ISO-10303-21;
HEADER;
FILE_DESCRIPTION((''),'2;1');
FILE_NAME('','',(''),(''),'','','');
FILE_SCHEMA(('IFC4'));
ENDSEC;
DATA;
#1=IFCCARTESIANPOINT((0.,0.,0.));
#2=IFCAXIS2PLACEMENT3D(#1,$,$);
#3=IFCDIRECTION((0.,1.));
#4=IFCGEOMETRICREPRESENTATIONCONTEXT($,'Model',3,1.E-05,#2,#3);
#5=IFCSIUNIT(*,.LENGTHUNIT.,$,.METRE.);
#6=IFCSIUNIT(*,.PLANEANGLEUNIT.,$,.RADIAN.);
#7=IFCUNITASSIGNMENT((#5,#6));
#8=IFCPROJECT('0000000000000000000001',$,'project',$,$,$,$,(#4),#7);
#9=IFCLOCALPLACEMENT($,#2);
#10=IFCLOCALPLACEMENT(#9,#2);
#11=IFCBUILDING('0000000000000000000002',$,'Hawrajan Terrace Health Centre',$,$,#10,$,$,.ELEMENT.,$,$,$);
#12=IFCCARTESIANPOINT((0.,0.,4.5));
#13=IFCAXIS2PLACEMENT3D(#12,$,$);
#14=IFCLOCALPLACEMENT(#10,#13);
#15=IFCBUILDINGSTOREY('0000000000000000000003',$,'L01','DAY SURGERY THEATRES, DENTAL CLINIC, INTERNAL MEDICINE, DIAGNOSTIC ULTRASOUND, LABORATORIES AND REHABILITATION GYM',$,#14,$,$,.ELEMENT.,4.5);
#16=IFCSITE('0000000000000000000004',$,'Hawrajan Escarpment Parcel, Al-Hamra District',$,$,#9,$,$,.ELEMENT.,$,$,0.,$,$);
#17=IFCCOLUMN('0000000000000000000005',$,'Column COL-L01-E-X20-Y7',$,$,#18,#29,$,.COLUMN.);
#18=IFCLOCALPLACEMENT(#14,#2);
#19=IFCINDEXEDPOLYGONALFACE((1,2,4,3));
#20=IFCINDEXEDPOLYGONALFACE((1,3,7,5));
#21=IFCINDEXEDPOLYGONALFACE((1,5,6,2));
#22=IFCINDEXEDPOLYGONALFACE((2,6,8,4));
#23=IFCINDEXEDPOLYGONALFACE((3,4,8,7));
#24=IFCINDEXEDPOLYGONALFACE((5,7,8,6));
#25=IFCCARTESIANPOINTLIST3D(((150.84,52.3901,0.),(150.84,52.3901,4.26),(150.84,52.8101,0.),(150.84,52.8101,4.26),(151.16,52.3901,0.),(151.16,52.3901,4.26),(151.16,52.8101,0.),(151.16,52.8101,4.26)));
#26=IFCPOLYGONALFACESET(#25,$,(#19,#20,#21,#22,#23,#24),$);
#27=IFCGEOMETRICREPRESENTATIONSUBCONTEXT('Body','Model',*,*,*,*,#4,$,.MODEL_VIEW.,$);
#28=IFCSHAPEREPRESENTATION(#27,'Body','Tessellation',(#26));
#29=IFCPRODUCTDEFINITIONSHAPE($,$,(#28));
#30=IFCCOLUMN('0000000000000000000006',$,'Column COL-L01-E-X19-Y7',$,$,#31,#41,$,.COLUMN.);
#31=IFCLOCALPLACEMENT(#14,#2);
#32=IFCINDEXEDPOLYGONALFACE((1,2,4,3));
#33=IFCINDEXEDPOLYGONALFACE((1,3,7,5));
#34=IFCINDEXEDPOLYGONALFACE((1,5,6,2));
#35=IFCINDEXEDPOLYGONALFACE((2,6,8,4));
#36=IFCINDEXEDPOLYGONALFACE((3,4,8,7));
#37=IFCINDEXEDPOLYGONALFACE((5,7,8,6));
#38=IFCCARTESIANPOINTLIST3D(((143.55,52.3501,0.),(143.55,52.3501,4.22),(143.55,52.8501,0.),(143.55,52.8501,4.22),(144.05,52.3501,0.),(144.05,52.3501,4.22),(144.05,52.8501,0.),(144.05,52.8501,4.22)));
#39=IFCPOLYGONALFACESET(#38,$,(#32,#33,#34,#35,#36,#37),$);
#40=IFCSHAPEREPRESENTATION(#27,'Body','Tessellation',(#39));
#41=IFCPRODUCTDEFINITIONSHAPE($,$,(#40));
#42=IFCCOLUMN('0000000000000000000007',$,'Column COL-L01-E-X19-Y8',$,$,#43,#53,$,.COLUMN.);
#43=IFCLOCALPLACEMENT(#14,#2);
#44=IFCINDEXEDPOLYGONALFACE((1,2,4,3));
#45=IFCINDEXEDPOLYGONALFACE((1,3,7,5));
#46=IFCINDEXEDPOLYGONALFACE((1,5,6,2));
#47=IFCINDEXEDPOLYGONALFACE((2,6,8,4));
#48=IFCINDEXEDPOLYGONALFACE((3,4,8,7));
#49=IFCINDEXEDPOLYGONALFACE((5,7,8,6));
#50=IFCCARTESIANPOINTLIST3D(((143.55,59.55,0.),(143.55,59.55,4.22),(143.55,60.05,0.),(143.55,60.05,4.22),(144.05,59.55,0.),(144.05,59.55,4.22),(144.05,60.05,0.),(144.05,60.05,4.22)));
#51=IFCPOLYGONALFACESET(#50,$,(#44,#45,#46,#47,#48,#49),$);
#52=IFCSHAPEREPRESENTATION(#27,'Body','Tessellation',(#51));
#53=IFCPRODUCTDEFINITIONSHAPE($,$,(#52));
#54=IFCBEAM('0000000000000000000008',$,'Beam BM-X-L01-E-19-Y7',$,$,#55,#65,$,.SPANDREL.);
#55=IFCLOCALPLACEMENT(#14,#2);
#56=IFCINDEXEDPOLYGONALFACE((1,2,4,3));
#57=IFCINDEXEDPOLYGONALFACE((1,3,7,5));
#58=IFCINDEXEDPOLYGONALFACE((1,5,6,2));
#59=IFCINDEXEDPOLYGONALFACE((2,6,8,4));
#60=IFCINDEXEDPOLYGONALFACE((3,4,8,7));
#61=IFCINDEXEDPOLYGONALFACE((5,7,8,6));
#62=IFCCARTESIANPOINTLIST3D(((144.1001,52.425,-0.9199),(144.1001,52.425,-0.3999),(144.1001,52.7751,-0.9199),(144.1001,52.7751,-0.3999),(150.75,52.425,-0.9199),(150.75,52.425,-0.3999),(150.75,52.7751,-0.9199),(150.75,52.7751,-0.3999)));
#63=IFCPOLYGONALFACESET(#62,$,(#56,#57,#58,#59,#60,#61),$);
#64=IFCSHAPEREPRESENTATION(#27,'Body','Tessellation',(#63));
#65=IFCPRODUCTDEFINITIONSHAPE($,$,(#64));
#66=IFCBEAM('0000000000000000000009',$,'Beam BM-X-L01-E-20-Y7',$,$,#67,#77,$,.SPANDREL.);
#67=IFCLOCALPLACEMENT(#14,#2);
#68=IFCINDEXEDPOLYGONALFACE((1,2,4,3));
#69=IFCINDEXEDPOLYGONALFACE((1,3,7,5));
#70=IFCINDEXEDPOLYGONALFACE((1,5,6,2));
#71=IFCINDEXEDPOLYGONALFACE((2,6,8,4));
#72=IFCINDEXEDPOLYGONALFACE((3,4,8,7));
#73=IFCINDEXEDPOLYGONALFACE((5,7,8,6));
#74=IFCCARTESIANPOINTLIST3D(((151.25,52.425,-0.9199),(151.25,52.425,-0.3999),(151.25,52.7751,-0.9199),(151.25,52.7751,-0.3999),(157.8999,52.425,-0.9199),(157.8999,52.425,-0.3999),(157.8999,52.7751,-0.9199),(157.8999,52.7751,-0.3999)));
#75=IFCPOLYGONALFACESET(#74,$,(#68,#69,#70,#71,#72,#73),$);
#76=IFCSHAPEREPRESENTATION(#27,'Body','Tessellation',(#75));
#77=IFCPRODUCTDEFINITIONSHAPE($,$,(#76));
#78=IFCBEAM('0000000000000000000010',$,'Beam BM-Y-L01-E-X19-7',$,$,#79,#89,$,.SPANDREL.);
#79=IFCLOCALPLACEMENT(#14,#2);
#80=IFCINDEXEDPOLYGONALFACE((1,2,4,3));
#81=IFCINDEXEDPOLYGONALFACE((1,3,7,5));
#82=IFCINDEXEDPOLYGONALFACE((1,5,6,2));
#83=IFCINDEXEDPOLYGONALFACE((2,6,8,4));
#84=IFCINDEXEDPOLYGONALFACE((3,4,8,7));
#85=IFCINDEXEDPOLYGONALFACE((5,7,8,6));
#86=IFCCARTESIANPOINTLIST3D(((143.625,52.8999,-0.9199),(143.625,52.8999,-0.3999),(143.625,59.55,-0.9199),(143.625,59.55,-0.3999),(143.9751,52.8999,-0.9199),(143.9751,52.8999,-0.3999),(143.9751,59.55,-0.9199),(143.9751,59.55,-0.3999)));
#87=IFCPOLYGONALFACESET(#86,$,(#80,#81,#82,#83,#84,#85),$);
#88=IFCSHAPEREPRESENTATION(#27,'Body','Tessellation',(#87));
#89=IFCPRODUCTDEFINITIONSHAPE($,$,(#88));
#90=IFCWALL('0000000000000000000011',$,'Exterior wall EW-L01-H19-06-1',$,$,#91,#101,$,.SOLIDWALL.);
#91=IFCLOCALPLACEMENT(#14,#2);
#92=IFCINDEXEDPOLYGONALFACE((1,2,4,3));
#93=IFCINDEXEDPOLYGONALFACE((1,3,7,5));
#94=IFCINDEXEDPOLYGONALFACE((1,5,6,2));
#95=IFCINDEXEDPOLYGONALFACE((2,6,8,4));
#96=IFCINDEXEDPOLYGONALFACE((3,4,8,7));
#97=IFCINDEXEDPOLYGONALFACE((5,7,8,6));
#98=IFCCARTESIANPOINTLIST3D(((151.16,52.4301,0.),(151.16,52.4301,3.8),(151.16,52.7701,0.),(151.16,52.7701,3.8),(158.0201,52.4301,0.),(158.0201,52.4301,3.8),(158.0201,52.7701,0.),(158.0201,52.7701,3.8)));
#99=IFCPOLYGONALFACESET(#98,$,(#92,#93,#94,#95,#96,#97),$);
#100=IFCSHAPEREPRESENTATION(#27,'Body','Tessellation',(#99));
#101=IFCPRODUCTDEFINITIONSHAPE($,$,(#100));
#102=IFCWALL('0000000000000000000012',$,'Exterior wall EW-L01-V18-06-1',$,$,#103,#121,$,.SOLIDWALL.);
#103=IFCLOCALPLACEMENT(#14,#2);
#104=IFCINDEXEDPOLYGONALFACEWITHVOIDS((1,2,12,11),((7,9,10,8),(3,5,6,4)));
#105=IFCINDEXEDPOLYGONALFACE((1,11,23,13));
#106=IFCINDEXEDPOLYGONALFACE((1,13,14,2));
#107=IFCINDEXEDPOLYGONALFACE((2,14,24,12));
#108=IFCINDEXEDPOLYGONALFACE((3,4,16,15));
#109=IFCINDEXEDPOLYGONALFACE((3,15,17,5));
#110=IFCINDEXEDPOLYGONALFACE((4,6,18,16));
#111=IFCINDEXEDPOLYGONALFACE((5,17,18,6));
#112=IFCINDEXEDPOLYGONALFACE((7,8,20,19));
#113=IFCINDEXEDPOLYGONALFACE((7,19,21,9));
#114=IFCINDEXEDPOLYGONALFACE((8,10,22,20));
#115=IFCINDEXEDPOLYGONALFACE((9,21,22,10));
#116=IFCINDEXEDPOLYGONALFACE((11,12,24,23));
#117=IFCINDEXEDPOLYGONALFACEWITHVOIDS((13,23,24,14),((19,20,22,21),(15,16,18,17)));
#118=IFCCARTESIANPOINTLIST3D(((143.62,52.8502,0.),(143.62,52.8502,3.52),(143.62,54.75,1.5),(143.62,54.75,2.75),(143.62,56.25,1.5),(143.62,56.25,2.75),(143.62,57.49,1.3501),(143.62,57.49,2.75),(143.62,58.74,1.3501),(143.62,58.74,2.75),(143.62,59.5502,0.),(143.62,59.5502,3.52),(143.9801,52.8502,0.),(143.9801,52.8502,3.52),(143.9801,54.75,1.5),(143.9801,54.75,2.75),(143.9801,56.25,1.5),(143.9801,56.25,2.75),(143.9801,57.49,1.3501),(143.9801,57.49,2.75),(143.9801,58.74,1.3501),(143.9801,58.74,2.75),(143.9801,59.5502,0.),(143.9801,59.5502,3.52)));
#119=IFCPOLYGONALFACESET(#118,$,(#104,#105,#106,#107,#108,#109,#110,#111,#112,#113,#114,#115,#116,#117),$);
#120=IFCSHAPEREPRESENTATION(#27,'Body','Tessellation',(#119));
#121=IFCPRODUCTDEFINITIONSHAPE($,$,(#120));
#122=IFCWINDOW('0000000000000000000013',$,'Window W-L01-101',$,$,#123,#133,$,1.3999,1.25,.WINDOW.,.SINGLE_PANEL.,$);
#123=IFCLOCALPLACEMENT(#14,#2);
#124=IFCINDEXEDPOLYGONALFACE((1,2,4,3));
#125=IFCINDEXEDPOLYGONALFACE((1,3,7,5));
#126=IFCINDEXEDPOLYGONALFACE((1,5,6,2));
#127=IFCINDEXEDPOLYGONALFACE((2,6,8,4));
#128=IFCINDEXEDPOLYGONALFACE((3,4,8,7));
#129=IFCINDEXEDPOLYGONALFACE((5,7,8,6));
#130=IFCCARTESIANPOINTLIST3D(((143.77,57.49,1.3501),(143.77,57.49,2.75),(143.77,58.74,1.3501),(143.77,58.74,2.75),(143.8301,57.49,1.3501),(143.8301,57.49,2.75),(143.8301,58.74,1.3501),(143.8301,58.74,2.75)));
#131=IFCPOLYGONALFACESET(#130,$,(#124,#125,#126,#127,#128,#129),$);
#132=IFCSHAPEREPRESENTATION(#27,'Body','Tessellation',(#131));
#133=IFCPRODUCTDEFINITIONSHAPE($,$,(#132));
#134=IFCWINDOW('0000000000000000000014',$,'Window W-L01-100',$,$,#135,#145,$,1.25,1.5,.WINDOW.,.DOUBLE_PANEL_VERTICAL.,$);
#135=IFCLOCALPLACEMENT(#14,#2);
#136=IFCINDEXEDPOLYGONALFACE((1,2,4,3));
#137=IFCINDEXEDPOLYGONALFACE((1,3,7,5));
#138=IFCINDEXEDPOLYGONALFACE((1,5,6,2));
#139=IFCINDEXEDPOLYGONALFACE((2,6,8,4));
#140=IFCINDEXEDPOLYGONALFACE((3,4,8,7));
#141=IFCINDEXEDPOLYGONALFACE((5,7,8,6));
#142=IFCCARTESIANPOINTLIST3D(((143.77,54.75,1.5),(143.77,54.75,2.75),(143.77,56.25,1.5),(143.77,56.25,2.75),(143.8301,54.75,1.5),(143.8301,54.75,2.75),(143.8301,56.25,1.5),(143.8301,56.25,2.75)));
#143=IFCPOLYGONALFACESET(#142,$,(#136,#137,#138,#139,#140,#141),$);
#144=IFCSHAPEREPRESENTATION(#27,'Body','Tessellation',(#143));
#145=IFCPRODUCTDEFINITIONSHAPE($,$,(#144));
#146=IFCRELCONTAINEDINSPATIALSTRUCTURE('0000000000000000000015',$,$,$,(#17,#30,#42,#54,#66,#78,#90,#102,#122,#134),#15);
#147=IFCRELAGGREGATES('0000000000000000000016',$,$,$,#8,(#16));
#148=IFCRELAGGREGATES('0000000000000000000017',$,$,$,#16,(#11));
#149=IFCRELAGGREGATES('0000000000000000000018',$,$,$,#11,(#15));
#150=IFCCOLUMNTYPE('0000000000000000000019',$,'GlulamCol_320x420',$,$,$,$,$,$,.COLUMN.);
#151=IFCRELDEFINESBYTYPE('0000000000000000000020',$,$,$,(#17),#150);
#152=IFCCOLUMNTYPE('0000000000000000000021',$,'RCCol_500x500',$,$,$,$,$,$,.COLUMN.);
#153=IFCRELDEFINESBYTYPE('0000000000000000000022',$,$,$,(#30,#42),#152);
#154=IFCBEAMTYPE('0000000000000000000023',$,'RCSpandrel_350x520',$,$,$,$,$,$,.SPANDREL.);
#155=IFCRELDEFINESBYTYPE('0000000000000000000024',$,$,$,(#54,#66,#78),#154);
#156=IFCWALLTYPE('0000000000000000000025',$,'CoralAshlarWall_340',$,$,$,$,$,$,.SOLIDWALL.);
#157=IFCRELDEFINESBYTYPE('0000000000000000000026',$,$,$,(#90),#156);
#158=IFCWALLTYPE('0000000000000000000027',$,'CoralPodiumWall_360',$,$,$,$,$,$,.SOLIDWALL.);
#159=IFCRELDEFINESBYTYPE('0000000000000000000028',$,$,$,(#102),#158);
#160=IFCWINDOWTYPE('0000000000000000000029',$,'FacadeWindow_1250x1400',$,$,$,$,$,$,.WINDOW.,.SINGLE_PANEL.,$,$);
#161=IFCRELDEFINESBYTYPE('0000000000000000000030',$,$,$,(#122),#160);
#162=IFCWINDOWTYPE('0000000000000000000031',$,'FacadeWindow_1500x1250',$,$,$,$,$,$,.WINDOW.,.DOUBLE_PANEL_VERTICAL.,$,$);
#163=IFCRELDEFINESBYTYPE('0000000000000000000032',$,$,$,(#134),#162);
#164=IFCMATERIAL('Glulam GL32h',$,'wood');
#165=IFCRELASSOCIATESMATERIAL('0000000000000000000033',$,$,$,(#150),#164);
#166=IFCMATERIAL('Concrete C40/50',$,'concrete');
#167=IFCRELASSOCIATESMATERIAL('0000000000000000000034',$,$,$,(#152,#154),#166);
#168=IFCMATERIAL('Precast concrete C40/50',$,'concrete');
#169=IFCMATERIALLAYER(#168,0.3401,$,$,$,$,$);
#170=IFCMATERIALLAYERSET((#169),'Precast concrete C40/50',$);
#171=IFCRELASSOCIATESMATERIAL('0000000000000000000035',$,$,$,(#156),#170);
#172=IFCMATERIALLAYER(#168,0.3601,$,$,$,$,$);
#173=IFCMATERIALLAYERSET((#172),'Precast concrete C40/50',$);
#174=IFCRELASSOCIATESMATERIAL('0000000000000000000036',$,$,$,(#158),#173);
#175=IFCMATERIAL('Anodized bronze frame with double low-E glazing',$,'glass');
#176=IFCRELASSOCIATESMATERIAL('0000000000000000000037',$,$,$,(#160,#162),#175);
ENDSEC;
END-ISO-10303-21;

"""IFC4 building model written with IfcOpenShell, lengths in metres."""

from ifc_helpers import new_model, si_unit, direction, frame, frame_2d, origin, origin_2d, place, context, subcontext, project, spatial, rectangle, extrude, material, layer, layer_set, material_profile, profile_set, type_object, element, fill, save


model = new_model("IFC4")

# Units and contexts
model_context = context("Model", 3, precision=1e-05, world=origin(), true_north=direction((0.0, 1.0)))
body_context = subcontext(model_context, "Body", "Model", "MODEL_VIEW")
ifc_project = project(units=[si_unit("LENGTHUNIT", "METRE"), si_unit("PLANEANGLEUNIT", "RADIAN")], contexts=[model_context])

# Site, building, storey
site_placement = place(None, origin())
site = spatial("IfcSite", under=ifc_project, at=site_placement, Name="Hawrajan Escarpment Parcel, Al-Hamra District", CompositionType="ELEMENT", RefElevation=0.0)
building_placement = place(site_placement, origin())
building = spatial("IfcBuilding", under=site, at=building_placement, Name="Hawrajan Terrace Health Centre", CompositionType="ELEMENT")
storey_placement = place(building_placement, frame((0.0, 0.0, 4.5)))
storey = spatial("IfcBuildingStorey", under=building, at=storey_placement, Name="L01", Description="DAY SURGERY THEATRES, DENTAL CLINIC, INTERNAL MEDICINE, DIAGNOSTIC ULTRASOUND, LABORATORIES AND REHABILITATION GYM", CompositionType="ELEMENT", Elevation=4.5)

# Columns
ifc_material_1 = material(Name="Glulam GL32h", Category="wood")
ifc_material_profile_1 = material_profile(ifc_material_1, rectangle(XDim=0.3201, YDim=0.4199, at=origin_2d()), Name="GL 320x420")
ifc_profile_set_1 = profile_set([ifc_material_profile_1], Name="Glulam GL32h")
column_type_1 = type_object("IfcColumnType", Name="GlulamCol_320x420", PredefinedType="COLUMN", material=ifc_profile_set_1)
column_placement = place(storey_placement, frame((151.0, 52.6001, 0.0), z_axis=(0.0, 0.0, 1.0), x_axis=(1.0, 0.0, 0.0)))
element("IfcColumn", 1, at=column_placement, inside=storey, type_object=column_type_1, Name="Column COL-L01-E-X20-Y7", PredefinedType="COLUMN", context=body_context, shape_type="SweptSolid", body=[
    extrude(rectangle(XDim=0.3201, YDim=0.4199, at=origin_2d()), origin(), (0.0, 0.0, 1.0), 4.26),
])
ifc_material_2 = material(Name="Concrete C40/50", Category="concrete")
ifc_material_profile_2 = material_profile(ifc_material_2, rectangle(XDim=0.5, YDim=0.5, at=origin_2d()), Name="RC 500x500")
ifc_profile_set_2 = profile_set([ifc_material_profile_2], Name="Concrete C40/50")
column_type_2 = type_object("IfcColumnType", Name="RCCol_500x500", PredefinedType="COLUMN", material=ifc_profile_set_2)
for number, where, z_axis, x_axis, name in (
    (2, (143.8, 52.6001, 0.0), (0.0, 0.0, 1.0), (1.0, 0.0, 0.0), "Column COL-L01-E-X19-Y7"),
    (3, (143.8, 59.8, 0.0), (0.0, 0.0, 1.0), (1.0, 0.0, 0.0), "Column COL-L01-E-X19-Y8"),
):
    element("IfcColumn", number, at=place(storey_placement, frame(where, z_axis=z_axis, x_axis=x_axis)), inside=storey, type_object=column_type_2, Name=name, PredefinedType="COLUMN", context=body_context, shape_type="SweptSolid", body=[
        extrude(rectangle(XDim=0.5, YDim=0.5, at=origin_2d()), origin(), (0.0, 0.0, 1.0), 4.22),
    ])

# Beams
ifc_material_profile_3 = material_profile(ifc_material_2, rectangle(XDim=0.3501, YDim=0.52, at=origin_2d()), Name="RC SP 350x520")
ifc_profile_set_3 = profile_set([ifc_material_profile_3], Name="Concrete C40/50")
beam_type = type_object("IfcBeamType", Name="RCSpandrel_350x520", PredefinedType="SPANDREL", material=ifc_profile_set_3)
for number, where, z_axis, x_axis, name in (
    (4, (144.1001, 52.6001, -0.6599), (1.0, 0.0, 0.0), (0.0, 1.0, 0.0), "Beam BM-X-L01-E-19-Y7"),
    (5, (151.25, 52.6001, -0.6599), (1.0, 0.0, 0.0), (0.0, 1.0, 0.0), "Beam BM-X-L01-E-20-Y7"),
):
    element("IfcBeam", number, at=place(storey_placement, frame(where, z_axis=z_axis, x_axis=x_axis)), inside=storey, type_object=beam_type, Name=name, PredefinedType="SPANDREL", context=body_context, shape_type="SweptSolid", body=[
        extrude(rectangle(XDim=0.3501, YDim=0.52, at=origin_2d()), origin(), (0.0, 0.0, 1.0), 6.6499),
    ])
beam_placement = place(storey_placement, frame((143.8, 52.8999, -0.6599), z_axis=(0.0, 1.0, 0.0), x_axis=(-1.0, 0.0, 0.0)))
element("IfcBeam", 6, at=beam_placement, inside=storey, type_object=beam_type, Name="Beam BM-Y-L01-E-X19-7", PredefinedType="SPANDREL", context=body_context, shape_type="SweptSolid", body=[
    extrude(rectangle(XDim=0.3501, YDim=0.52, at=origin_2d()), origin(), (0.0, 0.0, 1.0), 6.6501),
])

# Wall
ifc_material_3 = material(Name="Precast concrete C40/50", Category="concrete")
ifc_layer_1 = layer(ifc_material_3, 0.3401)
ifc_layer_set_1 = layer_set([ifc_layer_1], Name="Precast concrete C40/50")
wall_type_1 = type_object("IfcWallType", Name="CoralAshlarWall_340", PredefinedType="SOLIDWALL", material=ifc_layer_set_1)
wall_1_placement = place(storey_placement, frame((151.1599, 52.6001, 0.0), z_axis=(0.0, 0.0, 1.0), x_axis=(1.0, 0.0, 0.0)))
element("IfcWall", 7, at=wall_1_placement, inside=storey, type_object=wall_type_1, Name="Exterior wall EW-L01-H19-06-1", PredefinedType="SOLIDWALL", context=body_context, shape_type="SweptSolid", body=[
    extrude(rectangle(XDim=6.8601, YDim=0.3401, at=frame_2d((3.4302, 0.0))), origin(), (0.0, 0.0, 1.0), 3.8),
])

# Wall, openings, windows
ifc_layer_2 = layer(ifc_material_3, 0.3601)
ifc_layer_set_2 = layer_set([ifc_layer_2], Name="Precast concrete C40/50")
wall_type_2 = type_object("IfcWallType", Name="CoralPodiumWall_360", PredefinedType="SOLIDWALL", material=ifc_layer_set_2)
wall_2_placement = place(storey_placement, frame((143.8, 52.8501, 0.0), z_axis=(0.0, 0.0, 1.0), x_axis=(0.0, 1.0, 0.0)))
wall_2 = element("IfcWall", 8, at=wall_2_placement, inside=storey, type_object=wall_type_2, Name="Exterior wall EW-L01-V18-06-1", PredefinedType="SOLIDWALL", context=body_context, shape_type="SweptSolid", body=[
    extrude(rectangle(XDim=6.7, YDim=0.3601, at=frame_2d((3.3501, 0.0))), origin(), (0.0, 0.0, 1.0), 3.52),
])
opening_1_placement = place(wall_2_placement, frame((1.8999, 0.0, 1.5)))
opening_1 = element("IfcOpeningElement", 9, at=opening_1_placement, cuts=wall_2, PredefinedType="OPENING", context=body_context, shape_type="SweptSolid", body=[
    extrude(rectangle(XDim=1.5, YDim=1.25, at=frame_2d((0.75, 0.625))), frame((0.0, 0.1899, 0.0), z_axis=(0.0, -1.0, 0.0), x_axis=(1.0, 0.0, 0.0)), (0.0, 0.0, 1.0), 0.3801),
])
opening_2_placement = place(wall_2_placement, frame((4.6399, 0.0, 1.3501)))
opening_2 = element("IfcOpeningElement", 10, at=opening_2_placement, cuts=wall_2, PredefinedType="OPENING", context=body_context, shape_type="SweptSolid", body=[
    extrude(rectangle(XDim=1.25, YDim=1.3999, at=frame_2d((0.625, 0.7))), frame((0.0, 0.1899, 0.0), z_axis=(0.0, -1.0, 0.0), x_axis=(1.0, 0.0, 0.0)), (0.0, 0.0, 1.0), 0.3801),
])
ifc_material_4 = material(Name="Anodized bronze frame with double low-E glazing", Category="glass")
window_type_1 = type_object("IfcWindowType", Name="FacadeWindow_1250x1400", PartitioningType="SINGLE_PANEL", PredefinedType="WINDOW", material=ifc_material_4)
window_1_placement = place(opening_2_placement, origin())
window_1 = element("IfcWindow", 11, at=window_1_placement, inside=storey, type_object=window_type_1, Name="Window W-L01-101", OverallHeight=1.3999, OverallWidth=1.25, PartitioningType="SINGLE_PANEL", PredefinedType="WINDOW", context=body_context, shape_type="SweptSolid", body=[
    extrude(rectangle(XDim=1.25, YDim=1.3999, at=frame_2d((0.625, 0.7))), frame((0.0, 0.03, 0.0), z_axis=(0.0, -1.0, 0.0), x_axis=(1.0, 0.0, 0.0)), (0.0, 0.0, 1.0), 0.0601),
])
fill(opening_2, window_1)
window_type_2 = type_object("IfcWindowType", Name="FacadeWindow_1500x1250", PartitioningType="DOUBLE_PANEL_VERTICAL", PredefinedType="WINDOW", material=ifc_material_4)
window_2_placement = place(opening_1_placement, origin())
window_2 = element("IfcWindow", 12, at=window_2_placement, inside=storey, type_object=window_type_2, Name="Window W-L01-100", OverallHeight=1.25, OverallWidth=1.5, PartitioningType="DOUBLE_PANEL_VERTICAL", PredefinedType="WINDOW", context=body_context, shape_type="SweptSolid", body=[
    extrude(rectangle(XDim=1.5, YDim=1.25, at=frame_2d((0.75, 0.625))), frame((0.0, 0.03, 0.0), z_axis=(0.0, -1.0, 0.0), x_axis=(1.0, 0.0, 0.0)), (0.0, 0.0, 1.0), 0.0601),
])
fill(opening_1, window_2)

save(model, "model.ifc")
